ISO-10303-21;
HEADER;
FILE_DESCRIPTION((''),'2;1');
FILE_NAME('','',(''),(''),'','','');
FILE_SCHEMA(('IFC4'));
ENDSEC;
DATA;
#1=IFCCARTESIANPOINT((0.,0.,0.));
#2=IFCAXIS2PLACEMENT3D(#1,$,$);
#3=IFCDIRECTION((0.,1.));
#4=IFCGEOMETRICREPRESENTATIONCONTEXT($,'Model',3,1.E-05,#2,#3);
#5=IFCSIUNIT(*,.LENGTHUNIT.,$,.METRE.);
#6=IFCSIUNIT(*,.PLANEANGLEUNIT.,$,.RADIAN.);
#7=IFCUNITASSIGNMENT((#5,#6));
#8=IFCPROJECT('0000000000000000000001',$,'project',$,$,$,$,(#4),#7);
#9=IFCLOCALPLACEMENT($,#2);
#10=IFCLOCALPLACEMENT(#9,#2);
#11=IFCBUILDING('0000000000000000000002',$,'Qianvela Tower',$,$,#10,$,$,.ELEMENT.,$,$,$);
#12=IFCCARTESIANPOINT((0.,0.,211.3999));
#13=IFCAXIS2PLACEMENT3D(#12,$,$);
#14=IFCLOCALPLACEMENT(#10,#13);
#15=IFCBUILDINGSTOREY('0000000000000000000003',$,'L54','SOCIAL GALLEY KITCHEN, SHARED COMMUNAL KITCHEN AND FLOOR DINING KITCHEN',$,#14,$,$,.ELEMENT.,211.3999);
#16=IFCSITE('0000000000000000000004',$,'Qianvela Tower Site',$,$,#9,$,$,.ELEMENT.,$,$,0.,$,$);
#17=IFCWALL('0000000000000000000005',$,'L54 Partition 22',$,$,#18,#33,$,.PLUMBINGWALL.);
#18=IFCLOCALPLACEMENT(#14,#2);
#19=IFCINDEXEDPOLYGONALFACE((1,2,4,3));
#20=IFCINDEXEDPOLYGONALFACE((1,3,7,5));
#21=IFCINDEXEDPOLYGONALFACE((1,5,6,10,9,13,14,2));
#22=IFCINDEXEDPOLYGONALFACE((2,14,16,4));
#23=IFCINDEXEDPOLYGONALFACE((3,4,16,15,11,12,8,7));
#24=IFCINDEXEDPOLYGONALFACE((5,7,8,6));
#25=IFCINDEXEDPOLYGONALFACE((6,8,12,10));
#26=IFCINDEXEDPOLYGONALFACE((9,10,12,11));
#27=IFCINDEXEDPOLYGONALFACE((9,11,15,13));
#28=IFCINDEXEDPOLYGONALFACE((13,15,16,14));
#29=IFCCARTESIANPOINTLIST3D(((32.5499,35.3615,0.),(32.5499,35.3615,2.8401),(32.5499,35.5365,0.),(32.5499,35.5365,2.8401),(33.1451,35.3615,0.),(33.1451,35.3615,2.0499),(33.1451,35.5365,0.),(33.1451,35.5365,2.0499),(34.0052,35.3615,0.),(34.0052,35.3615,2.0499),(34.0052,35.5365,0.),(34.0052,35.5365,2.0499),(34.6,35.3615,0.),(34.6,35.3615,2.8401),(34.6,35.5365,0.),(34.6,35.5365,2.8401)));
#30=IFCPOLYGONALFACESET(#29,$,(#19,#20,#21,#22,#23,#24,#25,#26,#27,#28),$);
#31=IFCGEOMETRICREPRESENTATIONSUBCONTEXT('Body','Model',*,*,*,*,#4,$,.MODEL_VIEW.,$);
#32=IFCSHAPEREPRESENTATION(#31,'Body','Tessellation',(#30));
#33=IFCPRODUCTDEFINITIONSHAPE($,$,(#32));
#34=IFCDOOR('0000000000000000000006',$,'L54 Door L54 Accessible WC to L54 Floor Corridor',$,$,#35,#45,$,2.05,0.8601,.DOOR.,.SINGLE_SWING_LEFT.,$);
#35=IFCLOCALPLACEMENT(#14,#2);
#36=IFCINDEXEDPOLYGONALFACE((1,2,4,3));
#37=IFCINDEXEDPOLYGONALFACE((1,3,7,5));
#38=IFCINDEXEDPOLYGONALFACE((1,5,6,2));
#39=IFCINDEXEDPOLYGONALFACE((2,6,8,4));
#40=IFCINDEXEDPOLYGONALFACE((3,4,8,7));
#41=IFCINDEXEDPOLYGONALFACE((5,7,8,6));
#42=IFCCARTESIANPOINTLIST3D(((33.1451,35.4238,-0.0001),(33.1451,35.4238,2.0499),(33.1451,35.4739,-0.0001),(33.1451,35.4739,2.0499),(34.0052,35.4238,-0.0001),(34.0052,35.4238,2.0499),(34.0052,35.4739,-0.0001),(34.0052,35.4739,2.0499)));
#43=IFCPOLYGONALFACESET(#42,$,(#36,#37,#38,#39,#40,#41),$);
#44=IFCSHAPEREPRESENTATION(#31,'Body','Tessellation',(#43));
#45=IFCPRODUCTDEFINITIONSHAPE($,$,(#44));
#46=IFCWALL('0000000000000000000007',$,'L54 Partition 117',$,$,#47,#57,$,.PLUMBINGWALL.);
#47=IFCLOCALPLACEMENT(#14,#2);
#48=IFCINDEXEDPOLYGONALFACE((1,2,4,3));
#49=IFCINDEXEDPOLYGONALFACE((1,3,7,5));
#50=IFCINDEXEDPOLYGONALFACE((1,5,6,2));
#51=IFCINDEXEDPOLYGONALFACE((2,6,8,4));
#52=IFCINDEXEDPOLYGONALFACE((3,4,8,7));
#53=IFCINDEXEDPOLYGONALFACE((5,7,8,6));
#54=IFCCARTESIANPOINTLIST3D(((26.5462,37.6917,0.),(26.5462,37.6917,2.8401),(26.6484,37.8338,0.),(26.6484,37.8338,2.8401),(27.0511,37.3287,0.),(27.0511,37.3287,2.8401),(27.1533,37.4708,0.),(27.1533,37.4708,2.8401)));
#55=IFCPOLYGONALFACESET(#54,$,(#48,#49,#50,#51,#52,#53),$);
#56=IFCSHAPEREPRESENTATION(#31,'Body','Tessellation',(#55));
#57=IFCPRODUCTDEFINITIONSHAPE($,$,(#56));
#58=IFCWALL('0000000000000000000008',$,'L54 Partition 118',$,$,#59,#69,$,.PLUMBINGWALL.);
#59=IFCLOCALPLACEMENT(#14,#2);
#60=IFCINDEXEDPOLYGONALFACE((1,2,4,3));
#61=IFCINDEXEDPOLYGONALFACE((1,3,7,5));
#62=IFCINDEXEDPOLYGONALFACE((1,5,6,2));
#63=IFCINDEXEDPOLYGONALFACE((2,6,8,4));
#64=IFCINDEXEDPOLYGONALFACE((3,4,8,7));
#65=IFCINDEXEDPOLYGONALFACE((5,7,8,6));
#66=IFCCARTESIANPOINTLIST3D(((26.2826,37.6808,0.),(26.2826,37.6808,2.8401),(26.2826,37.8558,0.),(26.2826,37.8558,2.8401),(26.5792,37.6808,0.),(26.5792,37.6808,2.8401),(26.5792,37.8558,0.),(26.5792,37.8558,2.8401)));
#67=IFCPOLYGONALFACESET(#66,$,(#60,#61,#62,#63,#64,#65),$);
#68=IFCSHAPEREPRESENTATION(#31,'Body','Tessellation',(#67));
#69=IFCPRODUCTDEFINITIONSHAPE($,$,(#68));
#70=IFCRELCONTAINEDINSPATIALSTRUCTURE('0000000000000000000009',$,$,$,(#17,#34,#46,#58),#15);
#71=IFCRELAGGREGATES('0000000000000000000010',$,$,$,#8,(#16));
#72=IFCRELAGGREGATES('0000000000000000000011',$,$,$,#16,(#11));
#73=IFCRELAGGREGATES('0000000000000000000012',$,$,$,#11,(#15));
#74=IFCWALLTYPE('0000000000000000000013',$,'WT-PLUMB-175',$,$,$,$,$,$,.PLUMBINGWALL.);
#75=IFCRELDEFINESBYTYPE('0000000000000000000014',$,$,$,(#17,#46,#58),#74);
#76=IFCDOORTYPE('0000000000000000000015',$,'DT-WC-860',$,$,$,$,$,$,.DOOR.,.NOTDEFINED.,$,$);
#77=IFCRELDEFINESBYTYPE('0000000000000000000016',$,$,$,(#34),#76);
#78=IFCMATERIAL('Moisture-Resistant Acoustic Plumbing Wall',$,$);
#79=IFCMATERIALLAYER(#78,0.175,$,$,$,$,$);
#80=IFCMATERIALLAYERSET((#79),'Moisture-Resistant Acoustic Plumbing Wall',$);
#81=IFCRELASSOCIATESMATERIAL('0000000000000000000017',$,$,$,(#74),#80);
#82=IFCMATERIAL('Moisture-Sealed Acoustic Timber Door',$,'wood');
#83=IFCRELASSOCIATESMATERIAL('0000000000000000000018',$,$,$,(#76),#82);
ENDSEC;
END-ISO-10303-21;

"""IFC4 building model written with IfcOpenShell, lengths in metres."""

from ifc_helpers import new_model, si_unit, direction, frame, frame_2d, origin, place, context, subcontext, project, spatial, rectangle, extrude, material, layer, layer_set, type_object, element, fill, save


model = new_model("IFC4")

# Units and contexts
model_context = context("Model", 3, precision=1e-05, world=origin(), true_north=direction((0.0, 1.0)))
body_context = subcontext(model_context, "Body", "Model", "MODEL_VIEW")
ifc_project = project(units=[si_unit("LENGTHUNIT", "METRE"), si_unit("PLANEANGLEUNIT", "RADIAN")], contexts=[model_context])

# Site, building, storey
site_placement = place(None, origin())
site = spatial("IfcSite", under=ifc_project, at=site_placement, Name="Qianvela Tower Site", CompositionType="ELEMENT", RefElevation=0.0)
building_placement = place(site_placement, origin())
building = spatial("IfcBuilding", under=site, at=building_placement, Name="Qianvela Tower", CompositionType="ELEMENT")
storey_placement = place(building_placement, frame((0.0, 0.0, 211.3999)))
storey = spatial("IfcBuildingStorey", under=building, at=storey_placement, Name="L54", Description="SOCIAL GALLEY KITCHEN, SHARED COMMUNAL KITCHEN AND FLOOR DINING KITCHEN", CompositionType="ELEMENT", Elevation=211.3999)

# Wall, opening, door
ifc_material_1 = material(Name="Moisture-Resistant Acoustic Plumbing Wall")
ifc_layer_1 = layer(ifc_material_1, 0.175)
ifc_layer_set_1 = layer_set([ifc_layer_1], Name="Moisture-Resistant Acoustic Plumbing Wall")
wall_type_1 = type_object("IfcWallType", Name="WT-PLUMB-175", PredefinedType="PLUMBINGWALL", material=ifc_layer_set_1)
wall_1_placement = place(storey_placement, frame((32.55, 35.449, 0.0), z_axis=(0.0, 0.0, 1.0), x_axis=(1.0, 0.0, 0.0)))
wall_1 = element("IfcWall", 1, at=wall_1_placement, inside=storey, type_object=wall_type_1, Name="L54 Partition 22", PredefinedType="PLUMBINGWALL", context=body_context, shape_type="SweptSolid", body=[
    extrude(rectangle(XDim=2.05, YDim=0.175, at=frame_2d((1.0249, 0.0))), origin(), (0.0, 0.0, 1.0), 2.8401),
])
opening_1_placement = place(wall_1_placement, frame((0.595, 0.0, 0.0)))
opening_1 = element("IfcOpeningElement", 2, at=opening_1_placement, cuts=wall_1, PredefinedType="OPENING", context=body_context, shape_type="SweptSolid", body=[
    extrude(rectangle(XDim=0.8601, YDim=2.05, at=frame_2d((0.4302, 1.0249))), frame((0.0, 0.0974, 0.0), z_axis=(0.0, -1.0, 0.0), x_axis=(1.0, 0.0, 0.0)), (0.0, 0.0, 1.0), 0.1951),
])
ifc_material_2 = material(Name="Moisture-Sealed Acoustic Timber Door", Category="wood")
door_type_1 = type_object("IfcDoorType", Name="DT-WC-860", OperationType="NOTDEFINED", PredefinedType="DOOR", material=ifc_material_2)
door_1_placement = place(opening_1_placement, origin())
door_1 = element("IfcDoor", 3, at=door_1_placement, inside=storey, type_object=door_type_1, Name="L54 Door L54 Accessible WC to L54 Floor Corridor", OperationType="SINGLE_SWING_LEFT", OverallHeight=2.05, OverallWidth=0.8601, PredefinedType="DOOR", context=body_context, shape_type="SweptSolid", body=[
    extrude(rectangle(XDim=0.8601, YDim=2.05, at=frame_2d((0.4302, 1.0249))), frame((0.0, 0.0249, 0.0), z_axis=(0.0, -1.0, 0.0), x_axis=(1.0, 0.0, 0.0)), (0.0, 0.0, 1.0), 0.05),
])
fill(opening_1, door_1)

# Walls
wall_2_placement = place(storey_placement, frame((27.1023, 37.3997, 0.0), z_axis=(0.0, 0.0, 1.0), x_axis=(-0.811899, 0.583798, 0.0)))
element("IfcWall", 4, at=wall_2_placement, inside=storey, type_object=wall_type_1, Name="L54 Partition 117", PredefinedType="PLUMBINGWALL", context=body_context, shape_type="SweptSolid", body=[
    extrude(rectangle(XDim=0.6218, YDim=0.175, at=frame_2d((0.311, 0.0))), origin(), (0.0, 0.0, 1.0), 2.8401),
])
wall_3_placement = place(storey_placement, frame((26.5793, 37.7683, 0.0), z_axis=(0.0, 0.0, 1.0), x_axis=(-1.0, 0.0, 0.0)))
element("IfcWall", 5, at=wall_3_placement, inside=storey, type_object=wall_type_1, Name="L54 Partition 118", PredefinedType="PLUMBINGWALL", context=body_context, shape_type="SweptSolid", body=[
    extrude(rectangle(XDim=0.2966, YDim=0.175, at=frame_2d((0.1484, 0.0))), origin(), (0.0, 0.0, 1.0), 2.8401),
])

save(model, "model.ifc")
